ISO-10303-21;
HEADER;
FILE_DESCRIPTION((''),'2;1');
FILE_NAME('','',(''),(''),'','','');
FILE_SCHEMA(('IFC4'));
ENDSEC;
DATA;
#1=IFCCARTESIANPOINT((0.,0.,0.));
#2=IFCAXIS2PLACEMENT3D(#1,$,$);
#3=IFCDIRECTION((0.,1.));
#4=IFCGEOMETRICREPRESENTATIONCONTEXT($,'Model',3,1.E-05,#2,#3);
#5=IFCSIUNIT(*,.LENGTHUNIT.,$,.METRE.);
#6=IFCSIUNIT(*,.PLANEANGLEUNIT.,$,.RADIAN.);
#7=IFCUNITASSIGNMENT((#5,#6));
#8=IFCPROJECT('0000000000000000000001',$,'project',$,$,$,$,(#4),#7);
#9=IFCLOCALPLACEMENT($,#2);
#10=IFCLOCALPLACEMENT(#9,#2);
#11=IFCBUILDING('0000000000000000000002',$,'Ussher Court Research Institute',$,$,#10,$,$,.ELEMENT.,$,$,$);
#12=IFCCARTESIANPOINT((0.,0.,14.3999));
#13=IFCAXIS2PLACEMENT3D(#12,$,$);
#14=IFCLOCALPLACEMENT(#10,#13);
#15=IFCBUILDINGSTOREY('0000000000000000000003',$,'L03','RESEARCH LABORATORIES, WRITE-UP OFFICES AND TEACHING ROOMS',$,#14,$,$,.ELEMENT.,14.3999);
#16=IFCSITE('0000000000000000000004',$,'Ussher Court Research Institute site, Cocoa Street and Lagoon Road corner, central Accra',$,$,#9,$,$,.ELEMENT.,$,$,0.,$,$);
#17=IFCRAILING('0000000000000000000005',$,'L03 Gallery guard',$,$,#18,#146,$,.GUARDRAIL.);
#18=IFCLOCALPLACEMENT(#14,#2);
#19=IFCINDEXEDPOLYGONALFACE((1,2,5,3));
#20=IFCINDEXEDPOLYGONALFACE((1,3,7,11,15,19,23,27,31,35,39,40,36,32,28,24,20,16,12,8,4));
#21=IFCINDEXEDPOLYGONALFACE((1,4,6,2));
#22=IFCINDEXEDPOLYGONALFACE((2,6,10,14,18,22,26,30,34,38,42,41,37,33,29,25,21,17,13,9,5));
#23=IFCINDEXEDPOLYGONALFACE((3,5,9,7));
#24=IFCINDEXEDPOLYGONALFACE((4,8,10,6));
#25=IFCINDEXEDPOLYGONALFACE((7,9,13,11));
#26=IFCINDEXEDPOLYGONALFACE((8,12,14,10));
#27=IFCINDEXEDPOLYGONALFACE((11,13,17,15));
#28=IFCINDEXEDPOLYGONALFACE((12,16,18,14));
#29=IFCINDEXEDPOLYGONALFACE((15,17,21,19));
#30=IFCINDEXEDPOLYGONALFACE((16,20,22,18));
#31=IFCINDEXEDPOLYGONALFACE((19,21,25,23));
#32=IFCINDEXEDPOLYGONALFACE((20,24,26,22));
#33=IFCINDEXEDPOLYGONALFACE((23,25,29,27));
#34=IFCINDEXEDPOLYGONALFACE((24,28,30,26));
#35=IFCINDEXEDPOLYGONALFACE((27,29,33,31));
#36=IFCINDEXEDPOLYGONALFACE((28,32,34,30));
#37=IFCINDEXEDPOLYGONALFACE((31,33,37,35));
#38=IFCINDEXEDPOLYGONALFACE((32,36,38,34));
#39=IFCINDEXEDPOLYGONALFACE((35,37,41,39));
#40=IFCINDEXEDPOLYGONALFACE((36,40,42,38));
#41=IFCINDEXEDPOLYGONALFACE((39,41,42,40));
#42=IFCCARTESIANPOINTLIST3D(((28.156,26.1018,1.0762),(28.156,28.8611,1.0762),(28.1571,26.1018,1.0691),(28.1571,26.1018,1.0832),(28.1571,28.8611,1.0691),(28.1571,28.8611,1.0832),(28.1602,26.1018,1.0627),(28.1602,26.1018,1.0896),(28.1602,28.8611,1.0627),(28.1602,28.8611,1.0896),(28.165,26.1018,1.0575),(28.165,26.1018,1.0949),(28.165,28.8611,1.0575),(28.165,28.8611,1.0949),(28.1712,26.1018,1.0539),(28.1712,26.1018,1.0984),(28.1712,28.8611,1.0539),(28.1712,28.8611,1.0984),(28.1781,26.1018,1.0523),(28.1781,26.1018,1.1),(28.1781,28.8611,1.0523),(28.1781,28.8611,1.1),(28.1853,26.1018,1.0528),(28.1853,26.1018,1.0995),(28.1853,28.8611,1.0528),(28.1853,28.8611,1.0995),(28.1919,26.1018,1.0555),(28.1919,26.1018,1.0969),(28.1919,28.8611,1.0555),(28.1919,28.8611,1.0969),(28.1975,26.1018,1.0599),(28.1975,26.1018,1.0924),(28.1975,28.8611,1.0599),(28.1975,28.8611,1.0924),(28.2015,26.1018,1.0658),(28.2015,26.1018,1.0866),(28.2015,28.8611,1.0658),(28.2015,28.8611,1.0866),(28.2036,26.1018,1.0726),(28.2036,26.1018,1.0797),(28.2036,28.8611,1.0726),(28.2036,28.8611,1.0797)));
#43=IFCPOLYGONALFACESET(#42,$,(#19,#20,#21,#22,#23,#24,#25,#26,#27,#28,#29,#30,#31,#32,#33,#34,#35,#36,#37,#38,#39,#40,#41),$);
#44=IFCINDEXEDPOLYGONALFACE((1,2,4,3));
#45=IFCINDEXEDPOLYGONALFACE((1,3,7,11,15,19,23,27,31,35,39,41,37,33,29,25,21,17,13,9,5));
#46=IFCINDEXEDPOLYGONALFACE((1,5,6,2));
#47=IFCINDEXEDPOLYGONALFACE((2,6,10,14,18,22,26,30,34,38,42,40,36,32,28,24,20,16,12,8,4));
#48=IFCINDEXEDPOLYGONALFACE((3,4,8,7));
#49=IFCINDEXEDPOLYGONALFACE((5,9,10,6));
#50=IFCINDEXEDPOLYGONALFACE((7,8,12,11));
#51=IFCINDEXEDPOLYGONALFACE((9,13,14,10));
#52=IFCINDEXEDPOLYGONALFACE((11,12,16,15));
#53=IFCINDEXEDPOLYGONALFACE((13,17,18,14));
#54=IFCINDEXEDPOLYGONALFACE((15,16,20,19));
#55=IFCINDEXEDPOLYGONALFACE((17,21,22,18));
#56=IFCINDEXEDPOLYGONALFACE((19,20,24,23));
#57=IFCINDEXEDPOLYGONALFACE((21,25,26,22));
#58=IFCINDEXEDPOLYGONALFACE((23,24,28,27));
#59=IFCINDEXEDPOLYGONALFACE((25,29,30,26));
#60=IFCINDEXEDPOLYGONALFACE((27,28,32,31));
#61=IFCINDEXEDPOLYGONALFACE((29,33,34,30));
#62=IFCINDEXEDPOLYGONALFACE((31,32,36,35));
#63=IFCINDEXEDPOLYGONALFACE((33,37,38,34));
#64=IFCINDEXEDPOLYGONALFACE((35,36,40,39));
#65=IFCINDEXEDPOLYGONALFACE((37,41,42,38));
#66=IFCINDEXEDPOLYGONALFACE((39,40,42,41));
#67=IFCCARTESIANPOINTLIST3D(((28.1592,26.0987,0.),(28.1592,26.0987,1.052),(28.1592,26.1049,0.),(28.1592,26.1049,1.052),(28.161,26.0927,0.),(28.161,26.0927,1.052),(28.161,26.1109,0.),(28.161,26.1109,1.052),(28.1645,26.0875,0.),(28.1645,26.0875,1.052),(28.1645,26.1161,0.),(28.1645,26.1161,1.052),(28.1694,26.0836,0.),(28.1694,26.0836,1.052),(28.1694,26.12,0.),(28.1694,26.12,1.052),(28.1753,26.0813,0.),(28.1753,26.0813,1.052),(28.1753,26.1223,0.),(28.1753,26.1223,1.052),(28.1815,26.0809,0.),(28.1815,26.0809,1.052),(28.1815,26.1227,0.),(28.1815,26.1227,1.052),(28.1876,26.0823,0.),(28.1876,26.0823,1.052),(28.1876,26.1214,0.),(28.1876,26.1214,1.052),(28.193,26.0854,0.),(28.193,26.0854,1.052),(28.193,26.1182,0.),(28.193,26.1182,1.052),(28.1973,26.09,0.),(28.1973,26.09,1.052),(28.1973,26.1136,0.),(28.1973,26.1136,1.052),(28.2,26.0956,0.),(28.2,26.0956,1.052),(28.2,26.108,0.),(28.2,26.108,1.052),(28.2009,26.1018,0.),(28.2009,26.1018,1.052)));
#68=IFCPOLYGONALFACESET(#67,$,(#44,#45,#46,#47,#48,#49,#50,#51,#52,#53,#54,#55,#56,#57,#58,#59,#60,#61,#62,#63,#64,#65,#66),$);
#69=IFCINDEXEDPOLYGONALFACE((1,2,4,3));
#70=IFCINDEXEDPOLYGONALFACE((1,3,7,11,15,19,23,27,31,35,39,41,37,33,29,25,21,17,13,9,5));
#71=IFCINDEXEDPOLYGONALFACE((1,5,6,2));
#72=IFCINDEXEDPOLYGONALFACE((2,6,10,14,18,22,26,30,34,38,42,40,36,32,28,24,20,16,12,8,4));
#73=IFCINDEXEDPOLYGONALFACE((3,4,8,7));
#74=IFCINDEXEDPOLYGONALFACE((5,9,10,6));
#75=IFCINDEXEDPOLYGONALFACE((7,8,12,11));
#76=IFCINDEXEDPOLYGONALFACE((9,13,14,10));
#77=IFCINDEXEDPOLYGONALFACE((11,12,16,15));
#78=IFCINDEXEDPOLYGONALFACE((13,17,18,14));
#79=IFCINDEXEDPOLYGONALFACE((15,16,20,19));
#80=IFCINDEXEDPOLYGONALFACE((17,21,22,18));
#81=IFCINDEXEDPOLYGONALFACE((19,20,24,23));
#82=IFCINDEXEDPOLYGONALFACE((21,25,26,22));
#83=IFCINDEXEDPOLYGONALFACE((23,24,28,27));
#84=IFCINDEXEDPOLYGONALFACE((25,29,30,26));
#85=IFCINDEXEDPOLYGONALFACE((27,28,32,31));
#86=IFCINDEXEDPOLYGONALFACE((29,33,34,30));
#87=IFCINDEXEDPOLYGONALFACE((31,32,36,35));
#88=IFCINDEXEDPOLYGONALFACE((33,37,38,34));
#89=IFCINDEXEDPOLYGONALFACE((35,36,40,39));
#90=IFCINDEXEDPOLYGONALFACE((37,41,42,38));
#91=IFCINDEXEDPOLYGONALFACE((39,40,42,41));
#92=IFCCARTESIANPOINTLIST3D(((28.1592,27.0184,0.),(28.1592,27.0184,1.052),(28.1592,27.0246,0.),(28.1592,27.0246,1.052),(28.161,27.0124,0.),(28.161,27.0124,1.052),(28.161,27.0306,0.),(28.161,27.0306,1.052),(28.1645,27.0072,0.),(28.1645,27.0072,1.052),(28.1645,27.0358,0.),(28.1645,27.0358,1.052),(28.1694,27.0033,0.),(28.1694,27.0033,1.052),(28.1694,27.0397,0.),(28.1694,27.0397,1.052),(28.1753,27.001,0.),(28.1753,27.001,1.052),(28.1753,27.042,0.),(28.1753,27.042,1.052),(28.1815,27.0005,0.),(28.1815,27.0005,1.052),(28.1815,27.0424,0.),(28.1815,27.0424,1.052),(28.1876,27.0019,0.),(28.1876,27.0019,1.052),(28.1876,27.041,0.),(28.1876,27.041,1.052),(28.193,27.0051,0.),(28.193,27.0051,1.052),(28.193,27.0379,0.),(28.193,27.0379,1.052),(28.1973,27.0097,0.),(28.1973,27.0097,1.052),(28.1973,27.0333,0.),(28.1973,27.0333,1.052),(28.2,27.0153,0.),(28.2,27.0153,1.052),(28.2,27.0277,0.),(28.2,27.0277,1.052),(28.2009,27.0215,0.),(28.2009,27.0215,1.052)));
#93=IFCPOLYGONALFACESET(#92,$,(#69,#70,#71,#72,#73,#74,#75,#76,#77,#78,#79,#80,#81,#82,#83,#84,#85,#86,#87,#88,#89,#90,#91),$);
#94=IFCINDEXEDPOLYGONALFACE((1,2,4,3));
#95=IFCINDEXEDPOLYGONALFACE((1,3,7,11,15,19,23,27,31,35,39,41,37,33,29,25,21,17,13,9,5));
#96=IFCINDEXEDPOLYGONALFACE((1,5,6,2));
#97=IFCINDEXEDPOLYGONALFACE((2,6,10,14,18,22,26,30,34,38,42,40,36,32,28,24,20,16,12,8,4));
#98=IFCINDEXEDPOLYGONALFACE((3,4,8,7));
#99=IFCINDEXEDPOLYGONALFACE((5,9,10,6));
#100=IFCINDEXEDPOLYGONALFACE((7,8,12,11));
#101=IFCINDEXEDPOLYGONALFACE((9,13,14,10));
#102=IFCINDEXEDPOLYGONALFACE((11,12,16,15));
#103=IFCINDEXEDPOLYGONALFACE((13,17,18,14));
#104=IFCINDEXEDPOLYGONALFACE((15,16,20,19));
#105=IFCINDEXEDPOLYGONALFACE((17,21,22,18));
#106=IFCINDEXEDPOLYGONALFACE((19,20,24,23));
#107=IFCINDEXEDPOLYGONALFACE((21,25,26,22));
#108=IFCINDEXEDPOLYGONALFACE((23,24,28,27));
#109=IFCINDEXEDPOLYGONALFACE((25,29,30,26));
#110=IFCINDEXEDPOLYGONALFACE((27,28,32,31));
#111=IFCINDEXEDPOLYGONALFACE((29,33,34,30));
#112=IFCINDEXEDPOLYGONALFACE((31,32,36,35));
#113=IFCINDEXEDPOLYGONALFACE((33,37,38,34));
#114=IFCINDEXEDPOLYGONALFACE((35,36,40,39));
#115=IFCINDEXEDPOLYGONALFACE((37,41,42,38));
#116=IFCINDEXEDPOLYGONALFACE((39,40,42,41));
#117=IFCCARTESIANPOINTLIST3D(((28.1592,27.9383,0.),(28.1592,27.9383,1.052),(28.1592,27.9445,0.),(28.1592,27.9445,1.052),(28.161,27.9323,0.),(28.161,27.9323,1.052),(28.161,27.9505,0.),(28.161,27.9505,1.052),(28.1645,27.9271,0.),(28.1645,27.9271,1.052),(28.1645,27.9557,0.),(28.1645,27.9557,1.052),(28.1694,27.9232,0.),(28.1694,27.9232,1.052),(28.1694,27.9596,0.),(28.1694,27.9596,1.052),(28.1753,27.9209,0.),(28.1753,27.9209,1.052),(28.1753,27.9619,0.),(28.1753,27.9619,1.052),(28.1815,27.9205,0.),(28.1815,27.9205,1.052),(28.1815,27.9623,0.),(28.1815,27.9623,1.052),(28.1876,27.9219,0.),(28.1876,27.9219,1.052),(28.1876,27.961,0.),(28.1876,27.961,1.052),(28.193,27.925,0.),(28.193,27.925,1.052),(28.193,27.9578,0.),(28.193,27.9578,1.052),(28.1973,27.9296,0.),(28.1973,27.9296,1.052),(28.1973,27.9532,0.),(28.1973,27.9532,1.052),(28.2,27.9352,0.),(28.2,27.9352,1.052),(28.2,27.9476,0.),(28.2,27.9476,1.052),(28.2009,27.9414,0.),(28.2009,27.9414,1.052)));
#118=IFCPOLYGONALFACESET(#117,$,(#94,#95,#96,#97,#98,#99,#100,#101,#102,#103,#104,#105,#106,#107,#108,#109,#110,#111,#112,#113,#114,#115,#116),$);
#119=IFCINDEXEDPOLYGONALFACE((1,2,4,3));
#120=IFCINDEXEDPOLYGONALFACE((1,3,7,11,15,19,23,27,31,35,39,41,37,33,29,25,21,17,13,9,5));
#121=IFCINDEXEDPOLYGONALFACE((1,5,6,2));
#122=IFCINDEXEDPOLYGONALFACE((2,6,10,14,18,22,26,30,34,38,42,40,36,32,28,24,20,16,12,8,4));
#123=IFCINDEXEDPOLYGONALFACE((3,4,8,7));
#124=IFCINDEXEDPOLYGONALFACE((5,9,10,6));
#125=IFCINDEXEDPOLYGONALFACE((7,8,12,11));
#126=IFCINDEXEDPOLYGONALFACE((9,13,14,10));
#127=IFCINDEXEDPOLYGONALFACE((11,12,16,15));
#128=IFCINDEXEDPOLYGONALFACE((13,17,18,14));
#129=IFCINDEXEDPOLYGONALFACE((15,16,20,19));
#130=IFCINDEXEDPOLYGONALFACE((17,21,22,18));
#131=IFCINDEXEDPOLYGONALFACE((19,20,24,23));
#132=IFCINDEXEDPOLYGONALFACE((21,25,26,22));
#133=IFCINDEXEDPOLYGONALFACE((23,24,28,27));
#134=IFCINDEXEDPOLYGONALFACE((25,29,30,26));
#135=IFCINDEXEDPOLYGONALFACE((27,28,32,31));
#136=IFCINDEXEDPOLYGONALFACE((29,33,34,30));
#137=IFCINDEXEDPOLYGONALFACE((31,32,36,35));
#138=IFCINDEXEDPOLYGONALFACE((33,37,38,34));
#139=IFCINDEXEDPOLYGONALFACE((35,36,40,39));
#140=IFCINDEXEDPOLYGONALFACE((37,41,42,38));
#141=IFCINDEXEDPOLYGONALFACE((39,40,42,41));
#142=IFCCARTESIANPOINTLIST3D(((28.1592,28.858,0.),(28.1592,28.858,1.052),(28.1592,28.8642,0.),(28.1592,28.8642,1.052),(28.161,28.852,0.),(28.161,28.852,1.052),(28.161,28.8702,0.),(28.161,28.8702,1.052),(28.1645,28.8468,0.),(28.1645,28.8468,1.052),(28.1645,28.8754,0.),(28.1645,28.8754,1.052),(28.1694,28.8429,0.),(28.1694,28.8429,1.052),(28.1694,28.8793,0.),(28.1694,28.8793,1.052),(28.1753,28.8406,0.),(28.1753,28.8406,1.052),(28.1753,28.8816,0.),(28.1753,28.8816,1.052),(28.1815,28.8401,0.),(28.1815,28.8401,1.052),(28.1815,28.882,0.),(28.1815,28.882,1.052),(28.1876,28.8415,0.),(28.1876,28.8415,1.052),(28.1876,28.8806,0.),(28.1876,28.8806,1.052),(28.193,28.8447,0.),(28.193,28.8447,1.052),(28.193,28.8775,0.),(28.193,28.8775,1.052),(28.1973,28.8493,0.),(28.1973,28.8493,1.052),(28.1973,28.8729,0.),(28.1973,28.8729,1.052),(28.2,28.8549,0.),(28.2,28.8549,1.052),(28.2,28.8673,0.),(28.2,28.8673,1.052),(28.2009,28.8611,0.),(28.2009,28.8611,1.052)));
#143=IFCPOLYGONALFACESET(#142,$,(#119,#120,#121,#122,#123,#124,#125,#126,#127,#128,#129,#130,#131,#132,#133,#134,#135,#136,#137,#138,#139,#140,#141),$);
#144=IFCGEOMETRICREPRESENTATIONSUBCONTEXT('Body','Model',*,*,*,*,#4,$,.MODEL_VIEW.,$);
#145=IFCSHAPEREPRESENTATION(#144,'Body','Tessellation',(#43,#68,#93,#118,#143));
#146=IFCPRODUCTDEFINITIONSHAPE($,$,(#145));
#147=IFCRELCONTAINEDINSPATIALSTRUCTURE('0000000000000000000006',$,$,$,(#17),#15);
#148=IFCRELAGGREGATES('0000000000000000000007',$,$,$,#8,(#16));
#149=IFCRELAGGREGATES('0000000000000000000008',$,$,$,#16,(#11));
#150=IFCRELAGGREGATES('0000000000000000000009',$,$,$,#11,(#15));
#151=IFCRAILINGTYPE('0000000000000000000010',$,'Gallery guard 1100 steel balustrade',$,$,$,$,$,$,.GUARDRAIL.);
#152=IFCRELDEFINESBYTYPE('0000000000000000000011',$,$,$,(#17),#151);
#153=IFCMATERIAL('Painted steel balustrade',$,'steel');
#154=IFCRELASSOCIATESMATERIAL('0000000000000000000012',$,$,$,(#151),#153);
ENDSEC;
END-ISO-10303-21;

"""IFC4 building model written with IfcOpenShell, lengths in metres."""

from ifc_helpers import new_model, si_unit, direction, frame, origin, origin_2d, place, context, subcontext, project, spatial, circle, extrude, material, type_object, element, save


model = new_model("IFC4")

# Units and contexts
model_context = context("Model", 3, precision=1e-05, world=origin(), true_north=direction((0.0, 1.0)))
body_context = subcontext(model_context, "Body", "Model", "MODEL_VIEW")
ifc_project = project(units=[si_unit("LENGTHUNIT", "METRE"), si_unit("PLANEANGLEUNIT", "RADIAN")], contexts=[model_context])

# Site, building, storey
site_placement = place(None, origin())
site = spatial("IfcSite", under=ifc_project, at=site_placement, Name="Ussher Court Research Institute site, Cocoa Street and Lagoon Road corner, central Accra", CompositionType="ELEMENT", RefElevation=0.0)
building_placement = place(site_placement, origin())
building = spatial("IfcBuilding", under=site, at=building_placement, Name="Ussher Court Research Institute", CompositionType="ELEMENT")
storey_placement = place(building_placement, frame((0.0, 0.0, 14.3999)))
storey = spatial("IfcBuildingStorey", under=building, at=storey_placement, Name="L03", Description="RESEARCH LABORATORIES, WRITE-UP OFFICES AND TEACHING ROOMS", CompositionType="ELEMENT", Elevation=14.3999)

# Railing
ifc_material_1 = material(Name="Painted steel balustrade", Category="steel")
railing_type = type_object("IfcRailingType", Name="Gallery guard 1100 steel balustrade", PredefinedType="GUARDRAIL", material=ifc_material_1)
for number, where, name in (
    (1, (28.1799, 26.1018, 0.0), "L03 Gallery guard"),
):
    element("IfcRailing", number, at=place(storey_placement, frame(where)), inside=storey, type_object=railing_type, Name=name, PredefinedType="GUARDRAIL", context=body_context, shape_type="SweptSolid", body=[
        extrude(circle(Radius=0.0239, at=origin_2d()), frame((0.0, 0.0, 1.0762), z_axis=(0.0, 1.0, 0.0), x_axis=(-1.0, 0.0, 0.0)), (0.0, 0.0, 1.0), 2.7593),
        extrude(circle(Radius=0.021, at=origin_2d()), origin(), (0.0, 0.0, 1.0), 1.052),
        extrude(circle(Radius=0.021, at=origin_2d()), frame((0.0, 0.9197, 0.0)), (0.0, 0.0, 1.0), 1.052),
        extrude(circle(Radius=0.021, at=origin_2d()), frame((0.0, 1.8396, 0.0)), (0.0, 0.0, 1.0), 1.052),
        extrude(circle(Radius=0.021, at=origin_2d()), frame((0.0, 2.7593, 0.0)), (0.0, 0.0, 1.0), 1.052),
    ])

save(model, "model.ifc")
